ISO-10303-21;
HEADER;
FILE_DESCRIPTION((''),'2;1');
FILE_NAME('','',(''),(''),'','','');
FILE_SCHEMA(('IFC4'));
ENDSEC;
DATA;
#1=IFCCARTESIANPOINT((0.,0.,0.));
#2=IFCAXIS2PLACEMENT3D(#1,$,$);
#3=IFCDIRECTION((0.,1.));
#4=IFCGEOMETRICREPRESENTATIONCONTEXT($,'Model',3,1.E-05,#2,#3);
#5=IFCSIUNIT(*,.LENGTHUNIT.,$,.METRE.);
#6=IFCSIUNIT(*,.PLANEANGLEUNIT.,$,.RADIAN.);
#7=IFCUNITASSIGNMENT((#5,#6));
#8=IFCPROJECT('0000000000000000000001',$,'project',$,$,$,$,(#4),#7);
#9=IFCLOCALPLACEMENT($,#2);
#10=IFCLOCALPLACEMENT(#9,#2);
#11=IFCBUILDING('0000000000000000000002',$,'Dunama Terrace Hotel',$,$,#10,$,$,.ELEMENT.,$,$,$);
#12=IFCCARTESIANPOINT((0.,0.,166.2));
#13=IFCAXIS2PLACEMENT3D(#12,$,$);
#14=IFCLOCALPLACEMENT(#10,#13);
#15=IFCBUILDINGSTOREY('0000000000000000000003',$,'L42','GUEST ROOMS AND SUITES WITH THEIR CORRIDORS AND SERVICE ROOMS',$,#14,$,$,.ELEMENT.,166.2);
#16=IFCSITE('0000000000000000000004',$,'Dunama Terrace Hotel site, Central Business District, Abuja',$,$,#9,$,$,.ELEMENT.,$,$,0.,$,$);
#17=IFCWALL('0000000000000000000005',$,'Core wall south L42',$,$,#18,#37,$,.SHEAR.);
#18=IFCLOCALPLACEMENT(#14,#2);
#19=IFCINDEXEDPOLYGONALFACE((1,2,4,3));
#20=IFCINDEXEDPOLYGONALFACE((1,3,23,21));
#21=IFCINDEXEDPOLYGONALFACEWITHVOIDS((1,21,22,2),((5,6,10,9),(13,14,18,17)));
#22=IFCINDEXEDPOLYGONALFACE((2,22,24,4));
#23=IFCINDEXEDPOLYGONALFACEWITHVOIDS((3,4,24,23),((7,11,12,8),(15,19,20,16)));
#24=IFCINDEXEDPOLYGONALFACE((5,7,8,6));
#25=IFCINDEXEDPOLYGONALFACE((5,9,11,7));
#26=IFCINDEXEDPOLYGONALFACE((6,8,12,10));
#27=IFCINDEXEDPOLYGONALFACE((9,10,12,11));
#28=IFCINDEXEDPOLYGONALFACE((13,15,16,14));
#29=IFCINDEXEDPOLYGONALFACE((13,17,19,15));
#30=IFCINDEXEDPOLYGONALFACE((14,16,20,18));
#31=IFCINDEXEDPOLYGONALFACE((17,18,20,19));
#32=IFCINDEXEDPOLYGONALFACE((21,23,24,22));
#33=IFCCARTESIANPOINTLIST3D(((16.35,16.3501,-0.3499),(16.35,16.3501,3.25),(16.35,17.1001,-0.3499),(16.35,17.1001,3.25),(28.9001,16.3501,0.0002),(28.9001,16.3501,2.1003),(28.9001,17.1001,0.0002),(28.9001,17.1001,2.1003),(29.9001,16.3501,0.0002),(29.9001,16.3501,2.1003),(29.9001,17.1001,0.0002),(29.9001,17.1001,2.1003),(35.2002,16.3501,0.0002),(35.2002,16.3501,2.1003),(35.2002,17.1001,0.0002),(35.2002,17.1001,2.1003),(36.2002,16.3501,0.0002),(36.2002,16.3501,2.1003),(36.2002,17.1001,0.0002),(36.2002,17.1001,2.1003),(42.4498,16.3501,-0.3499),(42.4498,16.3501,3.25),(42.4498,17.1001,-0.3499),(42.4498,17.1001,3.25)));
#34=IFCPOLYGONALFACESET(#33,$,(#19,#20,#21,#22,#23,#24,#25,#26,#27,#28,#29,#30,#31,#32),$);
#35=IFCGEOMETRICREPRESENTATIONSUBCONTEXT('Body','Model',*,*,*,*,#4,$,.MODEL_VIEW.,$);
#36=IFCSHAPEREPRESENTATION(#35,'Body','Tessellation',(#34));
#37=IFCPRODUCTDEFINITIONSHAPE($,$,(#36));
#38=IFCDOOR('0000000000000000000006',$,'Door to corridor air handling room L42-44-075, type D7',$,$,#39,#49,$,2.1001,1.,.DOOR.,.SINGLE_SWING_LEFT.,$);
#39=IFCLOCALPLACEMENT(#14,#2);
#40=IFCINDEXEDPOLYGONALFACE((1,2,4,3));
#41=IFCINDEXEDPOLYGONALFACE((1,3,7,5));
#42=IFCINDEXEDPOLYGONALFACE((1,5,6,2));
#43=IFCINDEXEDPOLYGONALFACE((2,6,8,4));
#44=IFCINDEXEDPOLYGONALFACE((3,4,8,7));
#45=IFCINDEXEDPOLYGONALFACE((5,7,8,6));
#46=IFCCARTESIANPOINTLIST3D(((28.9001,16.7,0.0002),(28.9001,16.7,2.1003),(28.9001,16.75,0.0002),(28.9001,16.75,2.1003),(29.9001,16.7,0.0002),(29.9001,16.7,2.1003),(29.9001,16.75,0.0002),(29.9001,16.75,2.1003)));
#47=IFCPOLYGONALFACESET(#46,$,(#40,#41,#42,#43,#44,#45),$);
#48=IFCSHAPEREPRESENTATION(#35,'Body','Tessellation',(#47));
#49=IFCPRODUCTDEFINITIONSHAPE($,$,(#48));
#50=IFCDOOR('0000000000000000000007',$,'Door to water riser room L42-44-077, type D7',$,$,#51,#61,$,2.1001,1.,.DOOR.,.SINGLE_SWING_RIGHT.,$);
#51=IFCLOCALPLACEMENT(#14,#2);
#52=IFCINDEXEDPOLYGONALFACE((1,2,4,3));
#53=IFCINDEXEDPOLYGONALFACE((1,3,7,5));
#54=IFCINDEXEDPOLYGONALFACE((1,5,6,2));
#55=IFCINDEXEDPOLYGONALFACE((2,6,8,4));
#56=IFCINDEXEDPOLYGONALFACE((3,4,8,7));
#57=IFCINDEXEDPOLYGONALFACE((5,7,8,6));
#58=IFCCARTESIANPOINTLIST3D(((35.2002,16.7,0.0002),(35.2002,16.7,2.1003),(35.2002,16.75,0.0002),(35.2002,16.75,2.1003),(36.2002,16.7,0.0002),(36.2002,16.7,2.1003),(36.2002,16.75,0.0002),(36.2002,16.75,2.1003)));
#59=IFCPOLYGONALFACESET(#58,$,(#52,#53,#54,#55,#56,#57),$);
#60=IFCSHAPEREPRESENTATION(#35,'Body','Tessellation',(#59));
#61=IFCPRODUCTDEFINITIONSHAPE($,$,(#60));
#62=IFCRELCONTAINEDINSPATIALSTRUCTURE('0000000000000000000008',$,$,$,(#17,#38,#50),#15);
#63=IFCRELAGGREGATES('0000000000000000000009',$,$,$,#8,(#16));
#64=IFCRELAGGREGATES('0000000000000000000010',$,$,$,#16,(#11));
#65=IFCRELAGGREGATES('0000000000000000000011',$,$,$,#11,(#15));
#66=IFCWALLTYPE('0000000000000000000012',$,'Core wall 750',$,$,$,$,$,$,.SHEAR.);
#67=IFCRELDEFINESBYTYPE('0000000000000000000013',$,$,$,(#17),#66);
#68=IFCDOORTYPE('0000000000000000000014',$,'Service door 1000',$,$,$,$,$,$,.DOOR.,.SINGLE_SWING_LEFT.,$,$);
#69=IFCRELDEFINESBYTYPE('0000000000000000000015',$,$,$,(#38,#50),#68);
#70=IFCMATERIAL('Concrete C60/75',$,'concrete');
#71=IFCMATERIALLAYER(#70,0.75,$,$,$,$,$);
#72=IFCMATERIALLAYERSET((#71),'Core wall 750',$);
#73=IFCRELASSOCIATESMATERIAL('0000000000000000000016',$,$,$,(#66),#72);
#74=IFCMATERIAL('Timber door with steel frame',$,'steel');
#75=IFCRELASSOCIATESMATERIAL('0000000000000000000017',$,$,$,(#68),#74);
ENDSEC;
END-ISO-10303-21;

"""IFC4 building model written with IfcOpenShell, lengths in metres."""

from ifc_helpers import new_model, si_unit, direction, frame, frame_2d, origin, place, context, subcontext, project, spatial, rectangle, extrude, material, layer, layer_set, type_object, element, fill, save


model = new_model("IFC4")

# Units and contexts
model_context = context("Model", 3, precision=1e-05, world=origin(), true_north=direction((0.0, 1.0)))
body_context = subcontext(model_context, "Body", "Model", "MODEL_VIEW")
ifc_project = project(units=[si_unit("LENGTHUNIT", "METRE"), si_unit("PLANEANGLEUNIT", "RADIAN")], contexts=[model_context])

# Site, building, storey
site_placement = place(None, origin())
site = spatial("IfcSite", under=ifc_project, at=site_placement, Name="Dunama Terrace Hotel site, Central Business District, Abuja", CompositionType="ELEMENT", RefElevation=0.0)
building_placement = place(site_placement, origin())
building = spatial("IfcBuilding", under=site, at=building_placement, Name="Dunama Terrace Hotel", CompositionType="ELEMENT")
storey_placement = place(building_placement, frame((0.0, 0.0, 166.2)))
storey = spatial("IfcBuildingStorey", under=building, at=storey_placement, Name="L42", Description="GUEST ROOMS AND SUITES WITH THEIR CORRIDORS AND SERVICE ROOMS", CompositionType="ELEMENT", Elevation=166.2)

# Wall, openings, doors
ifc_material_1 = material(Name="Concrete C60/75", Category="concrete")
ifc_layer_1 = layer(ifc_material_1, 0.75)
ifc_layer_set_1 = layer_set([ifc_layer_1], Name="Core wall 750")
wall_type_1 = type_object("IfcWallType", Name="Core wall 750", PredefinedType="SHEAR", material=ifc_layer_set_1)
wall_1_placement = place(storey_placement, frame((16.3501, 16.7251, -0.3499), z_axis=(0.0, 0.0, 1.0), x_axis=(1.0, 0.0, 0.0)))
wall_1 = element("IfcWall", 1, at=wall_1_placement, inside=storey, type_object=wall_type_1, Name="Core wall south L42", PredefinedType="SHEAR", context=body_context, shape_type="SweptSolid", body=[
    extrude(rectangle(XDim=26.0999, YDim=0.75, at=frame_2d((13.0498, 0.0))), origin(), (0.0, 0.0, 1.0), 3.5999),
])
opening_1_placement = place(wall_1_placement, frame((12.55, 0.0, 0.3501)))
opening_1 = element("IfcOpeningElement", 2, at=opening_1_placement, cuts=wall_1, PredefinedType="OPENING", context=body_context, shape_type="SweptSolid", body=[
    extrude(rectangle(XDim=1.0, YDim=2.1001, at=frame_2d((0.5, 1.05))), frame((0.0, 0.385, 0.0), z_axis=(0.0, -1.0, 0.0), x_axis=(1.0, 0.0, 0.0)), (0.0, 0.0, 1.0), 0.77),
])
opening_2_placement = place(wall_1_placement, frame((18.8501, 0.0, 0.3501)))
opening_2 = element("IfcOpeningElement", 3, at=opening_2_placement, cuts=wall_1, PredefinedType="OPENING", context=body_context, shape_type="SweptSolid", body=[
    extrude(rectangle(XDim=1.0, YDim=2.1001, at=frame_2d((0.5, 1.05))), frame((0.0, 0.385, 0.0), z_axis=(0.0, -1.0, 0.0), x_axis=(1.0, 0.0, 0.0)), (0.0, 0.0, 1.0), 0.77),
])
ifc_material_2 = material(Name="Timber door with steel frame", Category="steel")
door_type_1 = type_object("IfcDoorType", Name="Service door 1000", OperationType="SINGLE_SWING_LEFT", PredefinedType="DOOR", material=ifc_material_2)
door_1_placement = place(opening_1_placement, origin())
door_1 = element("IfcDoor", 4, at=door_1_placement, inside=storey, type_object=door_type_1, Name="Door to corridor air handling room L42-44-075, type D7", OperationType="SINGLE_SWING_LEFT", OverallHeight=2.1001, OverallWidth=1.0, PredefinedType="DOOR", context=body_context, shape_type="SweptSolid", body=[
    extrude(rectangle(XDim=1.0, YDim=2.1001, at=frame_2d((0.5, 1.05))), frame((0.0, 0.0249, 0.0), z_axis=(0.0, -1.0, 0.0), x_axis=(1.0, 0.0, 0.0)), (0.0, 0.0, 1.0), 0.05),
])
fill(opening_1, door_1)
door_2_placement = place(opening_2_placement, origin())
door_2 = element("IfcDoor", 5, at=door_2_placement, inside=storey, type_object=door_type_1, Name="Door to water riser room L42-44-077, type D7", OperationType="SINGLE_SWING_RIGHT", OverallHeight=2.1001, OverallWidth=1.0, PredefinedType="DOOR", context=body_context, shape_type="SweptSolid", body=[
    extrude(rectangle(XDim=1.0, YDim=2.1001, at=frame_2d((0.5, 1.05))), frame((0.0, 0.0249, 0.0), z_axis=(0.0, -1.0, 0.0), x_axis=(1.0, 0.0, 0.0)), (0.0, 0.0, 1.0), 0.05),
])
fill(opening_2, door_2)

save(model, "model.ifc")
